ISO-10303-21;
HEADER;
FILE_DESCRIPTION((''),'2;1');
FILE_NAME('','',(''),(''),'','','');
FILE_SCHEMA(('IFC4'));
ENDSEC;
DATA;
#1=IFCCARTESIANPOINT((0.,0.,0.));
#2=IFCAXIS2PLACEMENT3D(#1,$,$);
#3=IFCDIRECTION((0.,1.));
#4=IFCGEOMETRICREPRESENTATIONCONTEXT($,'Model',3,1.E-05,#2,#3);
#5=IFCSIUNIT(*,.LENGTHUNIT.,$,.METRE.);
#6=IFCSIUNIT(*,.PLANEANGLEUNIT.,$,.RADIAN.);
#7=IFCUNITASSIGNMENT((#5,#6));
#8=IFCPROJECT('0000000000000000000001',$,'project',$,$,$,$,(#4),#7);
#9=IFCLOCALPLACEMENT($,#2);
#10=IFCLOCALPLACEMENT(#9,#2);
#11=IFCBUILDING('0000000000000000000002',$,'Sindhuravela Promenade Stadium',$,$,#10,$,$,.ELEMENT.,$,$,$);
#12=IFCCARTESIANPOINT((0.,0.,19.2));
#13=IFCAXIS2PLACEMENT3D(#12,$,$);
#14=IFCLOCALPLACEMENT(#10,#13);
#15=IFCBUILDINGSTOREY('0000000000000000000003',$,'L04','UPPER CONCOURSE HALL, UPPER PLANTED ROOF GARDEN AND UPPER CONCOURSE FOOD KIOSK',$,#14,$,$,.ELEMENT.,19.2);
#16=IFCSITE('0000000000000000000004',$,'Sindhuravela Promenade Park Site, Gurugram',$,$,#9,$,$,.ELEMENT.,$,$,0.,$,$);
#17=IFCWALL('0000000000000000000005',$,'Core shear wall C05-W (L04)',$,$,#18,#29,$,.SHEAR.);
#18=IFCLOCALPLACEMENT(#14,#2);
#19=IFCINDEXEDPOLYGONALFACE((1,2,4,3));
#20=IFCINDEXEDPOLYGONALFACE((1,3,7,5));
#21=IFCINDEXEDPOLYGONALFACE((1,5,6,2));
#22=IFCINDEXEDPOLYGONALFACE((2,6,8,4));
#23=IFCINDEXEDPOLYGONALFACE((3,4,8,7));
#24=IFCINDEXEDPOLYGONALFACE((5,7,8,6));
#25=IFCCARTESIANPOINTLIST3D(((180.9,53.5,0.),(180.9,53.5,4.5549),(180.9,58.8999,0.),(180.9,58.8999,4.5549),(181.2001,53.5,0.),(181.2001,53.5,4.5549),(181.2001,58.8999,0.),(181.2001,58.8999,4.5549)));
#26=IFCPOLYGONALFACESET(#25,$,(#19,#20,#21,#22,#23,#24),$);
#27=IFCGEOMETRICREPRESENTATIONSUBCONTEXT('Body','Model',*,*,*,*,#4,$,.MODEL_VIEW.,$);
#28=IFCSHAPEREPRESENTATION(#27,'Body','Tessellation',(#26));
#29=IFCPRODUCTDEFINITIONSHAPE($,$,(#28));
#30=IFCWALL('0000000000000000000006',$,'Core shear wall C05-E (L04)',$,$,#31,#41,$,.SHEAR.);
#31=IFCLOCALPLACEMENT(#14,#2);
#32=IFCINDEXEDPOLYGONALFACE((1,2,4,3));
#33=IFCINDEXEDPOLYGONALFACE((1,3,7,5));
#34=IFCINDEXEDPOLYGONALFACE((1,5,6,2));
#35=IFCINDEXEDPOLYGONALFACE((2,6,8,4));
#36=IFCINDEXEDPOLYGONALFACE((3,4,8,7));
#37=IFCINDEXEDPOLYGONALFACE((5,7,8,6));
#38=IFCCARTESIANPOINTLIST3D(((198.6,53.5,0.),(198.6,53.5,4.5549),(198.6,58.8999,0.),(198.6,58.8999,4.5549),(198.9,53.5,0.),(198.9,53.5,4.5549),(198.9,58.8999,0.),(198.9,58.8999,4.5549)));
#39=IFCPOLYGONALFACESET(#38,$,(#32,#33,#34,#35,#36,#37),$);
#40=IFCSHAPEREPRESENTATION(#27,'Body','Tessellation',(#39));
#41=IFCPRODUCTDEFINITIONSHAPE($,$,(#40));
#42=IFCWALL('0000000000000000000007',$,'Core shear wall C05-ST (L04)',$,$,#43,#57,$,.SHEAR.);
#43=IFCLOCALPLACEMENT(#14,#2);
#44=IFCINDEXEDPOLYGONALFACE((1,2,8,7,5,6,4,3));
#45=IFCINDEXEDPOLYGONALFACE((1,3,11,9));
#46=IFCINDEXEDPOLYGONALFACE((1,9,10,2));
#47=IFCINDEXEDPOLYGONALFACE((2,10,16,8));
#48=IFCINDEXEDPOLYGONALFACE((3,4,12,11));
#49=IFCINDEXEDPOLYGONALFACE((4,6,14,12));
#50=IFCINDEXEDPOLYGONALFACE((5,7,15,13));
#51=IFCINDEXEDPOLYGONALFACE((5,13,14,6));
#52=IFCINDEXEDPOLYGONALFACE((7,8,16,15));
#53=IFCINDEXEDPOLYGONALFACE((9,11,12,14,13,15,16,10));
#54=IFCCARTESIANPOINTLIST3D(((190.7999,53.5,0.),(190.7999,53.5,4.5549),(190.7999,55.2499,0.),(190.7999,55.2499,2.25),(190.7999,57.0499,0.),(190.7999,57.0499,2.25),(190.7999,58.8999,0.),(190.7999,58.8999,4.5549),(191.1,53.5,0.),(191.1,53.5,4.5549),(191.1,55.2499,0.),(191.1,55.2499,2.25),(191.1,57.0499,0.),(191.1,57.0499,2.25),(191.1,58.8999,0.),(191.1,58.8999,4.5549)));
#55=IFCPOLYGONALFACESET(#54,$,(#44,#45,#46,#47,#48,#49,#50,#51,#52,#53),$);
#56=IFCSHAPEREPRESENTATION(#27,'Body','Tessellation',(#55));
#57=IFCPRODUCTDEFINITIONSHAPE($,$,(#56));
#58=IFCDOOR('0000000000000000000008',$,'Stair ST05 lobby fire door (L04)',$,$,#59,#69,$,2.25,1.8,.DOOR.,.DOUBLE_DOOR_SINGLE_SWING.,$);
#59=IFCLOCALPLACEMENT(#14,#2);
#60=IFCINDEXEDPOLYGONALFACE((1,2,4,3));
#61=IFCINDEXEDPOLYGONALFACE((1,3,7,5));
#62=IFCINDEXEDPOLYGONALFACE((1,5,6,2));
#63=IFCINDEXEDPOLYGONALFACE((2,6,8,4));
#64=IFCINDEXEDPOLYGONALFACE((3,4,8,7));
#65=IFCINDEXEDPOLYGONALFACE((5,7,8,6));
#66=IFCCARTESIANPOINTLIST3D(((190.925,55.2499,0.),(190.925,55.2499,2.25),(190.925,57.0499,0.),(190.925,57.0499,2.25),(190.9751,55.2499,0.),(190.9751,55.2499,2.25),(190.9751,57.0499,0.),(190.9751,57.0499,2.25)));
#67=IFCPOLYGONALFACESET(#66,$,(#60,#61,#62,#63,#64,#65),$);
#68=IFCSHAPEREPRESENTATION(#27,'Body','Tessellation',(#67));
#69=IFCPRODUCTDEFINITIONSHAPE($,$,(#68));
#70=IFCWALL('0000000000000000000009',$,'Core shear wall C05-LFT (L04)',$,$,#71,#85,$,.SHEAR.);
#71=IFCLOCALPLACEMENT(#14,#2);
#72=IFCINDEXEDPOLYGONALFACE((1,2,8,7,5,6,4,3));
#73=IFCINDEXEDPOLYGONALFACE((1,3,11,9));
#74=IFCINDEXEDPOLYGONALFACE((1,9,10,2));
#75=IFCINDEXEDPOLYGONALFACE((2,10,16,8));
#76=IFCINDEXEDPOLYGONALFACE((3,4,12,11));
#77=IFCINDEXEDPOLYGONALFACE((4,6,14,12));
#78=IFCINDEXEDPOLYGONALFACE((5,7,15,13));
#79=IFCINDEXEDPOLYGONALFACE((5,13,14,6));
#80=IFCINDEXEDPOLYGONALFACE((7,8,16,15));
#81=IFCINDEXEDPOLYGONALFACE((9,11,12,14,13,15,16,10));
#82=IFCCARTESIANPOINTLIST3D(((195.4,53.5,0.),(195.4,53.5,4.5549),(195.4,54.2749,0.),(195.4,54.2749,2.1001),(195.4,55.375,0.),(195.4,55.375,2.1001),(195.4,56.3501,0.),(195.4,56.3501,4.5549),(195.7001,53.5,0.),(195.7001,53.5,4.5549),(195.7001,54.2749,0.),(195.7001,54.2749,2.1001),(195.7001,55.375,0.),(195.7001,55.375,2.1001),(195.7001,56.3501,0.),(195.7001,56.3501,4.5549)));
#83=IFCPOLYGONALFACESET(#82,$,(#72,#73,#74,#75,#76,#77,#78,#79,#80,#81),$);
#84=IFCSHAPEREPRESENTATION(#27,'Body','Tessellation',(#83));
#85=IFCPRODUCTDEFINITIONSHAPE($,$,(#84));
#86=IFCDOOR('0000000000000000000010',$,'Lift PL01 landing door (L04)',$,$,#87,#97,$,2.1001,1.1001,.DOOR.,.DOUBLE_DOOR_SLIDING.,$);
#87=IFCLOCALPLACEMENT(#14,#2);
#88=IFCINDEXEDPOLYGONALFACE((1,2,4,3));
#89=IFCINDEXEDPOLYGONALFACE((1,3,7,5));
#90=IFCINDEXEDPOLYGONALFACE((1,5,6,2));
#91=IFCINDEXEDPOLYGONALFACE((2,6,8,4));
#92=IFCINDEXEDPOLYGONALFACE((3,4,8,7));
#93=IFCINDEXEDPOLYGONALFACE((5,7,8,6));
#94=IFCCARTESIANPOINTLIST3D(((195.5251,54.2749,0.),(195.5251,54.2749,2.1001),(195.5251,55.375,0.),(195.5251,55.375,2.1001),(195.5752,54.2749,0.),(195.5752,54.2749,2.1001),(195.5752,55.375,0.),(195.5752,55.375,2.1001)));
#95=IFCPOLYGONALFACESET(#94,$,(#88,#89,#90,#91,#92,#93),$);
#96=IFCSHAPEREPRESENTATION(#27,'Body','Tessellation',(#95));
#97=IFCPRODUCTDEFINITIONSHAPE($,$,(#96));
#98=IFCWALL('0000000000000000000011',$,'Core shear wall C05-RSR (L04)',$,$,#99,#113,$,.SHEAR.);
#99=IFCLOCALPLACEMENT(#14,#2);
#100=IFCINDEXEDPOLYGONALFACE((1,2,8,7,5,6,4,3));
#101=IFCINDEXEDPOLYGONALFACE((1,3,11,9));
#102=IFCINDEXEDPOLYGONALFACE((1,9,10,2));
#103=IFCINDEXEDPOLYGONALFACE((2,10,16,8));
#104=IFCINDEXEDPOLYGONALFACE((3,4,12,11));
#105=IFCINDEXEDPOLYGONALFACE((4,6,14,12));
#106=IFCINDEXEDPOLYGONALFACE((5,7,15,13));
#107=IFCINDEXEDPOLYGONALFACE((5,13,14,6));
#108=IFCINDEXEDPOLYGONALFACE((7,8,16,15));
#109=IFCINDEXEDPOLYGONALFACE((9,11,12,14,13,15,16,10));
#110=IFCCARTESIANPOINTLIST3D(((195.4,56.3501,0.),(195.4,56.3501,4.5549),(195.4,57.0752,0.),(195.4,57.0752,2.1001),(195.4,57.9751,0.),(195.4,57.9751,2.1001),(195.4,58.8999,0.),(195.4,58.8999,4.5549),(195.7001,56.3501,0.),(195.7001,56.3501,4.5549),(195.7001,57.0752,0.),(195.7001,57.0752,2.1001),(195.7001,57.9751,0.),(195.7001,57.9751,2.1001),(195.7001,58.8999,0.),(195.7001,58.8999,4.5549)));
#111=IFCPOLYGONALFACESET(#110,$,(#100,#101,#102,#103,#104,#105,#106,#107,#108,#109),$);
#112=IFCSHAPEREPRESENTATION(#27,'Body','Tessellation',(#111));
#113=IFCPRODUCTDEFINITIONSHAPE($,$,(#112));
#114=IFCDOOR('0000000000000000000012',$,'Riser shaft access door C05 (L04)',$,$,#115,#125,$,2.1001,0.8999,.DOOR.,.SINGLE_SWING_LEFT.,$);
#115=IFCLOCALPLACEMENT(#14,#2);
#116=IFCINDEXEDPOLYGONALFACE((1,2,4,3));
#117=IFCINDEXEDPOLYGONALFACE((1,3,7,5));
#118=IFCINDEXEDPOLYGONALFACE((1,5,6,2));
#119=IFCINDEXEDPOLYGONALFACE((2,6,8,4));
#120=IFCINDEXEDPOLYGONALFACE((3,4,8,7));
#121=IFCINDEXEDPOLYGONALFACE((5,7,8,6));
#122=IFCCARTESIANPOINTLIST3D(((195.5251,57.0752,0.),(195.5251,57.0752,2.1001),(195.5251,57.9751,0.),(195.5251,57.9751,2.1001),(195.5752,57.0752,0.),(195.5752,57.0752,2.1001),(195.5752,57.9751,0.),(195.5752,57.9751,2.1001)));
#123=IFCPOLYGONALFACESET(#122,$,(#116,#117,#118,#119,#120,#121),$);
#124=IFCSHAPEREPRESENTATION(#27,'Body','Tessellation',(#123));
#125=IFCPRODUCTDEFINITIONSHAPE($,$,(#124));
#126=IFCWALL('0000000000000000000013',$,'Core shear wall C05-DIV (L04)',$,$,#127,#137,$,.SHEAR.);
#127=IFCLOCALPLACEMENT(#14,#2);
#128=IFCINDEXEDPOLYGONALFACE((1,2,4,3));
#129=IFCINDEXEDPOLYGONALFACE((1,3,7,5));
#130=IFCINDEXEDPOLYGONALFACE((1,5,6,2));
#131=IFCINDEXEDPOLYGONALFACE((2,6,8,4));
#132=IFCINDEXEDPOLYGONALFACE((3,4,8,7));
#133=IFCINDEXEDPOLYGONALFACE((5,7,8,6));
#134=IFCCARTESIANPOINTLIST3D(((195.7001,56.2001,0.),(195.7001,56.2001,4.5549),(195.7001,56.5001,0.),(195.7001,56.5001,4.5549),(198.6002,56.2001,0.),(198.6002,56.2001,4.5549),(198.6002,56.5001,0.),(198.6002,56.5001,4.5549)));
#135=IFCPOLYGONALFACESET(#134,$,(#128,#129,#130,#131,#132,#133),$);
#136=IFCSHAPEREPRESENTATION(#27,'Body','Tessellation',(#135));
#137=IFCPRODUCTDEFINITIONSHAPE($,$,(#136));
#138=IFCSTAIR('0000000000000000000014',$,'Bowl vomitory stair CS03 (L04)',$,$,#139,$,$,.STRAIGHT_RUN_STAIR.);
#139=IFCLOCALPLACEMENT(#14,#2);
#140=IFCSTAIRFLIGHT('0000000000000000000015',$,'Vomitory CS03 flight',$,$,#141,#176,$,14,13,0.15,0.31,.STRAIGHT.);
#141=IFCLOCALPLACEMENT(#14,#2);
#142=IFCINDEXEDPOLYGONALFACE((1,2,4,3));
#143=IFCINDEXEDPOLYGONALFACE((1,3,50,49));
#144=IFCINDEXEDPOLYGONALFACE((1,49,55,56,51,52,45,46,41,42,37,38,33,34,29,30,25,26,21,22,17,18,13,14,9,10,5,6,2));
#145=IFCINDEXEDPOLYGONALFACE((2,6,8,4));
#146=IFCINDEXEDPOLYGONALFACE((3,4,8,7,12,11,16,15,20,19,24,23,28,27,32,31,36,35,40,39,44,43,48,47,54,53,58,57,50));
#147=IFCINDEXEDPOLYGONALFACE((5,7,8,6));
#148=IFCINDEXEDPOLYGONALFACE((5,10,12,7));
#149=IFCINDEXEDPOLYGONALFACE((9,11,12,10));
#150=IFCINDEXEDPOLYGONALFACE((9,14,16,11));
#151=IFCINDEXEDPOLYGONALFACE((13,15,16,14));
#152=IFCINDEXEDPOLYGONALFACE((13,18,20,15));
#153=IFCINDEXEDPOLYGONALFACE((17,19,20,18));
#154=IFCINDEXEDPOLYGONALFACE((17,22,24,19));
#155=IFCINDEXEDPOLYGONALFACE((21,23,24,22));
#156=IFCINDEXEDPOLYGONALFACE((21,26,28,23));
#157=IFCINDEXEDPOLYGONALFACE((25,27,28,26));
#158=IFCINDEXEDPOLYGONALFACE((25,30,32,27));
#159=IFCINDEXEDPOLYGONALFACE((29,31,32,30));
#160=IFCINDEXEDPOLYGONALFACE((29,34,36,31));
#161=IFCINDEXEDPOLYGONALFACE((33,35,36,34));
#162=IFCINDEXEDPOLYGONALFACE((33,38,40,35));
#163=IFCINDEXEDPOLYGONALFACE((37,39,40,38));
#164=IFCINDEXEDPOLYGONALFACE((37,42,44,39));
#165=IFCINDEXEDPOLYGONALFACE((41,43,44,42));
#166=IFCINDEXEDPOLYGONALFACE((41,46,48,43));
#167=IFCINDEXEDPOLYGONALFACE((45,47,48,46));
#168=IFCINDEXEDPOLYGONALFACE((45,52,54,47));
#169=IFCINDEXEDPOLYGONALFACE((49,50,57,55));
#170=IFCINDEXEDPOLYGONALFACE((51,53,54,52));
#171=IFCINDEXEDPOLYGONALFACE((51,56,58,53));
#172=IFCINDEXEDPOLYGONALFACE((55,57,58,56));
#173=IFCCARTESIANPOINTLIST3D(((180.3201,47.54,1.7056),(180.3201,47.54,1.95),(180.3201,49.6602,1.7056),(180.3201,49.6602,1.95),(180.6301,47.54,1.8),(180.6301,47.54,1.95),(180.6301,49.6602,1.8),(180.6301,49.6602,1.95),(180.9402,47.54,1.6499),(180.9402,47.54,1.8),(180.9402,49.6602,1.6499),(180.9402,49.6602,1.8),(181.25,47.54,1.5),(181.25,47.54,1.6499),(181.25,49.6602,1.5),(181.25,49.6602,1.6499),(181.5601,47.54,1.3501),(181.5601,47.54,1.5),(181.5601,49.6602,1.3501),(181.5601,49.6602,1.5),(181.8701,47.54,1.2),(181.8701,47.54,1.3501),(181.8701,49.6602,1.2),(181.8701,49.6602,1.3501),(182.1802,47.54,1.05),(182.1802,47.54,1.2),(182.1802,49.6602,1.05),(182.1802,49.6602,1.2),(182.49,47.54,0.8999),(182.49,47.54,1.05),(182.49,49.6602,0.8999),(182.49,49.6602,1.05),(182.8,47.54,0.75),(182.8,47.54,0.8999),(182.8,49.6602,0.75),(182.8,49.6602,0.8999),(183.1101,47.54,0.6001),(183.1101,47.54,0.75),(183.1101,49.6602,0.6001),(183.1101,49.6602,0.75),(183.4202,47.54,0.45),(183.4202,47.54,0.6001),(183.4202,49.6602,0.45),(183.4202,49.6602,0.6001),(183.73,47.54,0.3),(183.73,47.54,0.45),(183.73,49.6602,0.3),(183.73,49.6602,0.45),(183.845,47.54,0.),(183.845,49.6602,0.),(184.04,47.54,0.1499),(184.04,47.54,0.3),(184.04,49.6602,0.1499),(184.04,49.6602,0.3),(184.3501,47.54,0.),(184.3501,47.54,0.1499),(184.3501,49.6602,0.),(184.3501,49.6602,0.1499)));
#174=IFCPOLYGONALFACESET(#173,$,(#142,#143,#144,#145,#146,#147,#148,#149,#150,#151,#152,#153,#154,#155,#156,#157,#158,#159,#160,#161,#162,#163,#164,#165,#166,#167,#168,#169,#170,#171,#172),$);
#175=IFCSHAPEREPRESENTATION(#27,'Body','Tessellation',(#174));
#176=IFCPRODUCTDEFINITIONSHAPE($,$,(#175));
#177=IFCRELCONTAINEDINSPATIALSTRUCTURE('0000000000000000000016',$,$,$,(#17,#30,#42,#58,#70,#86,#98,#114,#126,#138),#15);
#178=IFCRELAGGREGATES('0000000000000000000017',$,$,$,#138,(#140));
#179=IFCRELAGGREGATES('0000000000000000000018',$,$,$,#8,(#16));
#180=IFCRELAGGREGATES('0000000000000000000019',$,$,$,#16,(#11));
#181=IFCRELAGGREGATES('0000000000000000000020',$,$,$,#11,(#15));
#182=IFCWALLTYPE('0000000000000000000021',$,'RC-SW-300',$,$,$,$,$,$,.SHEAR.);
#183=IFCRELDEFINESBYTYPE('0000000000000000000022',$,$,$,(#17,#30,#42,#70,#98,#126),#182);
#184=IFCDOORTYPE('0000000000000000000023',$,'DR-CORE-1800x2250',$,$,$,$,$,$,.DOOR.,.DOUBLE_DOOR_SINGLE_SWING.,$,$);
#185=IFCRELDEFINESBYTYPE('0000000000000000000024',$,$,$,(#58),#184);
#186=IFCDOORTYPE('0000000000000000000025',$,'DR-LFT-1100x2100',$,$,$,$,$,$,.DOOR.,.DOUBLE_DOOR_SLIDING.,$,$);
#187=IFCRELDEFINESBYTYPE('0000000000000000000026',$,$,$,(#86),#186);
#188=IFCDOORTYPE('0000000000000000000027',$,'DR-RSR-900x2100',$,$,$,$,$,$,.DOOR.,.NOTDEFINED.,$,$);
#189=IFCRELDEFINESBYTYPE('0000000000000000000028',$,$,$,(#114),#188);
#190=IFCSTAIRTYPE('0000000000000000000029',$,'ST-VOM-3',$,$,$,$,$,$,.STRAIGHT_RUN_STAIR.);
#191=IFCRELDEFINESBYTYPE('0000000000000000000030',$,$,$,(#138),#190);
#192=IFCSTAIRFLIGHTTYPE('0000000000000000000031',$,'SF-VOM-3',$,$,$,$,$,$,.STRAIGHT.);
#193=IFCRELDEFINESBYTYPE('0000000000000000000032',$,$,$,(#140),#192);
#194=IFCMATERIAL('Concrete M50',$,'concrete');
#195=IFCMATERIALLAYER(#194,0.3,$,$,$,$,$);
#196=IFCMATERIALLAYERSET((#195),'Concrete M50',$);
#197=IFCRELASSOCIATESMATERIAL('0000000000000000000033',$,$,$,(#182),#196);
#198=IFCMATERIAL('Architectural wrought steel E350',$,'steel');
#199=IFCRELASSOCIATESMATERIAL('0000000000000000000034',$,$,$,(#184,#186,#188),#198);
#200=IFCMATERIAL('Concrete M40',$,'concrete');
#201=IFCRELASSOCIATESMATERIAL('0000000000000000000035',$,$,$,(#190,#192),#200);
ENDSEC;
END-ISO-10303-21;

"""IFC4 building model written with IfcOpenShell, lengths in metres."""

from ifc_helpers import new_model, si_unit, direction, frame, frame_2d, origin, place, context, subcontext, project, spatial, polyline, rectangle, outline, extrude, material, layer, layer_set, type_object, element, fill, aggregate, save


model = new_model("IFC4")

# Units and contexts
model_context = context("Model", 3, precision=1e-05, world=origin(), true_north=direction((0.0, 1.0)))
body_context = subcontext(model_context, "Body", "Model", "MODEL_VIEW")
ifc_project = project(units=[si_unit("LENGTHUNIT", "METRE"), si_unit("PLANEANGLEUNIT", "RADIAN")], contexts=[model_context])

# Site, building, storey
site_placement = place(None, origin())
site = spatial("IfcSite", under=ifc_project, at=site_placement, Name="Sindhuravela Promenade Park Site, Gurugram", CompositionType="ELEMENT", RefElevation=0.0)
building_placement = place(site_placement, origin())
building = spatial("IfcBuilding", under=site, at=building_placement, Name="Sindhuravela Promenade Stadium", CompositionType="ELEMENT")
storey_placement = place(building_placement, frame((0.0, 0.0, 19.2)))
storey = spatial("IfcBuildingStorey", under=building, at=storey_placement, Name="L04", Description="UPPER CONCOURSE HALL, UPPER PLANTED ROOF GARDEN AND UPPER CONCOURSE FOOD KIOSK", CompositionType="ELEMENT", Elevation=19.2)

# Shared definitions
ifc_material_1 = material(Name="Concrete M40", Category="concrete")

# Shared definitions
ifc_material_2 = material(Name="Concrete M50", Category="concrete")

# Shared definitions
ifc_layer_1 = layer(ifc_material_2, 0.3)
ifc_layer_set_1 = layer_set([ifc_layer_1], Name="Concrete M50")
wall_type_1 = type_object("IfcWallType", Name="RC-SW-300", PredefinedType="SHEAR", material=ifc_layer_set_1)

# Shared definitions
ifc_material_3 = material(Name="Architectural wrought steel E350", Category="steel")

# Walls
for number, where, z_axis, x_axis, name in (
    (1, (181.05, 58.8999, 0.0), (0.0, 0.0, 1.0), (0.0, -1.0, 0.0), "Core shear wall C05-W (L04)"),
    (2, (198.75, 53.5, 0.0), (0.0, 0.0, 1.0), (0.0, 1.0, 0.0), "Core shear wall C05-E (L04)"),
):
    element("IfcWall", number, at=place(storey_placement, frame(where, z_axis=z_axis, x_axis=x_axis)), inside=storey, type_object=wall_type_1, Name=name, PredefinedType="SHEAR", context=body_context, shape_type="SweptSolid", body=[
        extrude(rectangle(XDim=5.3999, YDim=0.3, at=frame_2d((2.7, 0.0))), origin(), (0.0, 0.0, 1.0), 4.5549),
    ])

# Walls, openings, doors
wall_1_placement = place(storey_placement, frame((190.95, 53.5, 0.0), z_axis=(0.0, 0.0, 1.0), x_axis=(0.0, 1.0, 0.0)))
wall_1 = element("IfcWall", 3, at=wall_1_placement, inside=storey, type_object=wall_type_1, Name="Core shear wall C05-ST (L04)", PredefinedType="SHEAR", context=body_context, shape_type="SweptSolid", body=[
    extrude(rectangle(XDim=5.3999, YDim=0.3, at=frame_2d((2.7, 0.0))), origin(), (0.0, 0.0, 1.0), 4.5549),
])
opening_1_placement = place(wall_1_placement, frame((1.75, 0.0, 0.0)))
opening_1 = element("IfcOpeningElement", 4, at=opening_1_placement, cuts=wall_1, PredefinedType="OPENING", context=body_context, shape_type="SweptSolid", body=[
    extrude(rectangle(XDim=1.8, YDim=2.25, at=frame_2d((0.8999, 1.125))), frame((0.0, 0.1599, 0.0), z_axis=(0.0, -1.0, 0.0), x_axis=(1.0, 0.0, 0.0)), (0.0, 0.0, 1.0), 0.3201),
])
door_type_1 = type_object("IfcDoorType", Name="DR-CORE-1800x2250", OperationType="DOUBLE_DOOR_SINGLE_SWING", PredefinedType="DOOR", material=ifc_material_3)
door_1_placement = place(opening_1_placement, origin())
door_1 = element("IfcDoor", 5, at=door_1_placement, inside=storey, type_object=door_type_1, Name="Stair ST05 lobby fire door (L04)", OperationType="DOUBLE_DOOR_SINGLE_SWING", OverallHeight=2.25, OverallWidth=1.8, PredefinedType="DOOR", context=body_context, shape_type="SweptSolid", body=[
    extrude(rectangle(XDim=1.8, YDim=2.25, at=frame_2d((0.8999, 1.125))), frame((0.0, 0.0249, 0.0), z_axis=(0.0, -1.0, 0.0), x_axis=(1.0, 0.0, 0.0)), (0.0, 0.0, 1.0), 0.05),
])
fill(opening_1, door_1)
wall_2_placement = place(storey_placement, frame((195.55, 53.5, 0.0), z_axis=(0.0, 0.0, 1.0), x_axis=(0.0, 1.0, 0.0)))
wall_2 = element("IfcWall", 6, at=wall_2_placement, inside=storey, type_object=wall_type_1, Name="Core shear wall C05-LFT (L04)", PredefinedType="SHEAR", context=body_context, shape_type="SweptSolid", body=[
    extrude(rectangle(XDim=2.8501, YDim=0.3, at=frame_2d((1.425, 0.0))), origin(), (0.0, 0.0, 1.0), 4.5549),
])
opening_2_placement = place(wall_2_placement, frame((0.7749, 0.0, 0.0)))
opening_2 = element("IfcOpeningElement", 7, at=opening_2_placement, cuts=wall_2, PredefinedType="OPENING", context=body_context, shape_type="SweptSolid", body=[
    extrude(rectangle(XDim=1.1001, YDim=2.1001, at=frame_2d((0.55, 1.05))), frame((0.0, 0.1599, 0.0), z_axis=(0.0, -1.0, 0.0), x_axis=(1.0, 0.0, 0.0)), (0.0, 0.0, 1.0), 0.3201),
])
door_type_2 = type_object("IfcDoorType", Name="DR-LFT-1100x2100", OperationType="DOUBLE_DOOR_SLIDING", PredefinedType="DOOR", material=ifc_material_3)
door_2_placement = place(opening_2_placement, origin())
door_2 = element("IfcDoor", 8, at=door_2_placement, inside=storey, type_object=door_type_2, Name="Lift PL01 landing door (L04)", OperationType="DOUBLE_DOOR_SLIDING", OverallHeight=2.1001, OverallWidth=1.1001, PredefinedType="DOOR", context=body_context, shape_type="SweptSolid", body=[
    extrude(rectangle(XDim=1.1001, YDim=2.1001, at=frame_2d((0.55, 1.05))), frame((0.0, 0.0249, 0.0), z_axis=(0.0, -1.0, 0.0), x_axis=(1.0, 0.0, 0.0)), (0.0, 0.0, 1.0), 0.05),
])
fill(opening_2, door_2)
wall_3_placement = place(storey_placement, frame((195.55, 56.3501, 0.0), z_axis=(0.0, 0.0, 1.0), x_axis=(0.0, 1.0, 0.0)))
wall_3 = element("IfcWall", 9, at=wall_3_placement, inside=storey, type_object=wall_type_1, Name="Core shear wall C05-RSR (L04)", PredefinedType="SHEAR", context=body_context, shape_type="SweptSolid", body=[
    extrude(rectangle(XDim=2.5498, YDim=0.3, at=frame_2d((1.2749, 0.0))), origin(), (0.0, 0.0, 1.0), 4.5549),
])
opening_3_placement = place(wall_3_placement, frame((0.7251, 0.0, 0.0)))
opening_3 = element("IfcOpeningElement", 10, at=opening_3_placement, cuts=wall_3, PredefinedType="OPENING", context=body_context, shape_type="SweptSolid", body=[
    extrude(rectangle(XDim=0.8999, YDim=2.1001, at=frame_2d((0.45, 1.05))), frame((0.0, 0.1599, 0.0), z_axis=(0.0, -1.0, 0.0), x_axis=(1.0, 0.0, 0.0)), (0.0, 0.0, 1.0), 0.3201),
])
door_type_3 = type_object("IfcDoorType", Name="DR-RSR-900x2100", OperationType="NOTDEFINED", PredefinedType="DOOR", material=ifc_material_3)
door_3_placement = place(opening_3_placement, origin())
door_3 = element("IfcDoor", 11, at=door_3_placement, inside=storey, type_object=door_type_3, Name="Riser shaft access door C05 (L04)", OperationType="SINGLE_SWING_LEFT", OverallHeight=2.1001, OverallWidth=0.8999, PredefinedType="DOOR", context=body_context, shape_type="SweptSolid", body=[
    extrude(rectangle(XDim=0.8999, YDim=2.1001, at=frame_2d((0.45, 1.05))), frame((0.0, 0.0249, 0.0), z_axis=(0.0, -1.0, 0.0), x_axis=(1.0, 0.0, 0.0)), (0.0, 0.0, 1.0), 0.05),
])
fill(opening_3, door_3)

# Wall
wall_4_placement = place(storey_placement, frame((195.7, 56.3501, 0.0), z_axis=(0.0, 0.0, 1.0), x_axis=(1.0, 0.0, 0.0)))
element("IfcWall", 12, at=wall_4_placement, inside=storey, type_object=wall_type_1, Name="Core shear wall C05-DIV (L04)", PredefinedType="SHEAR", context=body_context, shape_type="SweptSolid", body=[
    extrude(rectangle(XDim=2.9001, YDim=0.3, at=frame_2d((1.4502, 0.0))), origin(), (0.0, 0.0, 1.0), 4.5549),
])

# Stair, stair flight
stair_type = type_object("IfcStairType", Name="ST-VOM-3", PredefinedType="STRAIGHT_RUN_STAIR", material=ifc_material_1)
stair_placement = place(storey_placement, origin())
stair = element("IfcStair", 13, at=stair_placement, inside=storey, type_object=stair_type, Name="Bowl vomitory stair CS03 (L04)", PredefinedType="STRAIGHT_RUN_STAIR")
stair_flight_type = type_object("IfcStairFlightType", Name="SF-VOM-3", PredefinedType="STRAIGHT", material=ifc_material_1)
stair_flight_placement = place(storey_placement, frame((184.3501, 48.6001, 0.0), z_axis=(0.0, 0.0, 1.0), x_axis=(-1.0, 0.0, 0.0)))
stair_flight = element("IfcStairFlight", 14, at=stair_flight_placement, type_object=stair_flight_type, Name="Vomitory CS03 flight", NumberOfRisers=14, NumberOfTreads=13, PredefinedType="STRAIGHT", RiserHeight=0.15, TreadLength=0.31, context=body_context, shape_type="SweptSolid", body=[
    extrude(outline(polyline([(0.0, 0.0), (0.0, 0.1499), (0.3101, 0.1499), (0.3101, 0.3), (0.6201, 0.3), (0.6201, 0.45), (0.9299, 0.45), (0.9299, 0.6001), (1.24, 0.6001), (1.24, 0.75), (1.55, 0.75), (1.55, 0.8999), (1.8601, 0.8999), (1.8601, 1.05), (2.1699, 1.05), (2.1699, 1.2), (2.48, 1.2), (2.48, 1.3501), (2.79, 1.3501), (2.79, 1.5), (3.1001, 1.5), (3.1001, 1.6499), (3.4099, 1.6499), (3.4099, 1.8), (3.72, 1.8), (3.72, 1.95), (4.03, 1.95), (4.03, 2.1001), (4.03, 1.7056), (0.5051, 0.0), (0.0, 0.0)])), frame((0.0, 1.0601, 0.0), z_axis=(0.0, -1.0, 0.0), x_axis=(1.0, 0.0, 0.0)), (0.0, 0.0, 1.0), 2.1201),
])
aggregate(stair, [stair_flight])

save(model, "model.ifc")
